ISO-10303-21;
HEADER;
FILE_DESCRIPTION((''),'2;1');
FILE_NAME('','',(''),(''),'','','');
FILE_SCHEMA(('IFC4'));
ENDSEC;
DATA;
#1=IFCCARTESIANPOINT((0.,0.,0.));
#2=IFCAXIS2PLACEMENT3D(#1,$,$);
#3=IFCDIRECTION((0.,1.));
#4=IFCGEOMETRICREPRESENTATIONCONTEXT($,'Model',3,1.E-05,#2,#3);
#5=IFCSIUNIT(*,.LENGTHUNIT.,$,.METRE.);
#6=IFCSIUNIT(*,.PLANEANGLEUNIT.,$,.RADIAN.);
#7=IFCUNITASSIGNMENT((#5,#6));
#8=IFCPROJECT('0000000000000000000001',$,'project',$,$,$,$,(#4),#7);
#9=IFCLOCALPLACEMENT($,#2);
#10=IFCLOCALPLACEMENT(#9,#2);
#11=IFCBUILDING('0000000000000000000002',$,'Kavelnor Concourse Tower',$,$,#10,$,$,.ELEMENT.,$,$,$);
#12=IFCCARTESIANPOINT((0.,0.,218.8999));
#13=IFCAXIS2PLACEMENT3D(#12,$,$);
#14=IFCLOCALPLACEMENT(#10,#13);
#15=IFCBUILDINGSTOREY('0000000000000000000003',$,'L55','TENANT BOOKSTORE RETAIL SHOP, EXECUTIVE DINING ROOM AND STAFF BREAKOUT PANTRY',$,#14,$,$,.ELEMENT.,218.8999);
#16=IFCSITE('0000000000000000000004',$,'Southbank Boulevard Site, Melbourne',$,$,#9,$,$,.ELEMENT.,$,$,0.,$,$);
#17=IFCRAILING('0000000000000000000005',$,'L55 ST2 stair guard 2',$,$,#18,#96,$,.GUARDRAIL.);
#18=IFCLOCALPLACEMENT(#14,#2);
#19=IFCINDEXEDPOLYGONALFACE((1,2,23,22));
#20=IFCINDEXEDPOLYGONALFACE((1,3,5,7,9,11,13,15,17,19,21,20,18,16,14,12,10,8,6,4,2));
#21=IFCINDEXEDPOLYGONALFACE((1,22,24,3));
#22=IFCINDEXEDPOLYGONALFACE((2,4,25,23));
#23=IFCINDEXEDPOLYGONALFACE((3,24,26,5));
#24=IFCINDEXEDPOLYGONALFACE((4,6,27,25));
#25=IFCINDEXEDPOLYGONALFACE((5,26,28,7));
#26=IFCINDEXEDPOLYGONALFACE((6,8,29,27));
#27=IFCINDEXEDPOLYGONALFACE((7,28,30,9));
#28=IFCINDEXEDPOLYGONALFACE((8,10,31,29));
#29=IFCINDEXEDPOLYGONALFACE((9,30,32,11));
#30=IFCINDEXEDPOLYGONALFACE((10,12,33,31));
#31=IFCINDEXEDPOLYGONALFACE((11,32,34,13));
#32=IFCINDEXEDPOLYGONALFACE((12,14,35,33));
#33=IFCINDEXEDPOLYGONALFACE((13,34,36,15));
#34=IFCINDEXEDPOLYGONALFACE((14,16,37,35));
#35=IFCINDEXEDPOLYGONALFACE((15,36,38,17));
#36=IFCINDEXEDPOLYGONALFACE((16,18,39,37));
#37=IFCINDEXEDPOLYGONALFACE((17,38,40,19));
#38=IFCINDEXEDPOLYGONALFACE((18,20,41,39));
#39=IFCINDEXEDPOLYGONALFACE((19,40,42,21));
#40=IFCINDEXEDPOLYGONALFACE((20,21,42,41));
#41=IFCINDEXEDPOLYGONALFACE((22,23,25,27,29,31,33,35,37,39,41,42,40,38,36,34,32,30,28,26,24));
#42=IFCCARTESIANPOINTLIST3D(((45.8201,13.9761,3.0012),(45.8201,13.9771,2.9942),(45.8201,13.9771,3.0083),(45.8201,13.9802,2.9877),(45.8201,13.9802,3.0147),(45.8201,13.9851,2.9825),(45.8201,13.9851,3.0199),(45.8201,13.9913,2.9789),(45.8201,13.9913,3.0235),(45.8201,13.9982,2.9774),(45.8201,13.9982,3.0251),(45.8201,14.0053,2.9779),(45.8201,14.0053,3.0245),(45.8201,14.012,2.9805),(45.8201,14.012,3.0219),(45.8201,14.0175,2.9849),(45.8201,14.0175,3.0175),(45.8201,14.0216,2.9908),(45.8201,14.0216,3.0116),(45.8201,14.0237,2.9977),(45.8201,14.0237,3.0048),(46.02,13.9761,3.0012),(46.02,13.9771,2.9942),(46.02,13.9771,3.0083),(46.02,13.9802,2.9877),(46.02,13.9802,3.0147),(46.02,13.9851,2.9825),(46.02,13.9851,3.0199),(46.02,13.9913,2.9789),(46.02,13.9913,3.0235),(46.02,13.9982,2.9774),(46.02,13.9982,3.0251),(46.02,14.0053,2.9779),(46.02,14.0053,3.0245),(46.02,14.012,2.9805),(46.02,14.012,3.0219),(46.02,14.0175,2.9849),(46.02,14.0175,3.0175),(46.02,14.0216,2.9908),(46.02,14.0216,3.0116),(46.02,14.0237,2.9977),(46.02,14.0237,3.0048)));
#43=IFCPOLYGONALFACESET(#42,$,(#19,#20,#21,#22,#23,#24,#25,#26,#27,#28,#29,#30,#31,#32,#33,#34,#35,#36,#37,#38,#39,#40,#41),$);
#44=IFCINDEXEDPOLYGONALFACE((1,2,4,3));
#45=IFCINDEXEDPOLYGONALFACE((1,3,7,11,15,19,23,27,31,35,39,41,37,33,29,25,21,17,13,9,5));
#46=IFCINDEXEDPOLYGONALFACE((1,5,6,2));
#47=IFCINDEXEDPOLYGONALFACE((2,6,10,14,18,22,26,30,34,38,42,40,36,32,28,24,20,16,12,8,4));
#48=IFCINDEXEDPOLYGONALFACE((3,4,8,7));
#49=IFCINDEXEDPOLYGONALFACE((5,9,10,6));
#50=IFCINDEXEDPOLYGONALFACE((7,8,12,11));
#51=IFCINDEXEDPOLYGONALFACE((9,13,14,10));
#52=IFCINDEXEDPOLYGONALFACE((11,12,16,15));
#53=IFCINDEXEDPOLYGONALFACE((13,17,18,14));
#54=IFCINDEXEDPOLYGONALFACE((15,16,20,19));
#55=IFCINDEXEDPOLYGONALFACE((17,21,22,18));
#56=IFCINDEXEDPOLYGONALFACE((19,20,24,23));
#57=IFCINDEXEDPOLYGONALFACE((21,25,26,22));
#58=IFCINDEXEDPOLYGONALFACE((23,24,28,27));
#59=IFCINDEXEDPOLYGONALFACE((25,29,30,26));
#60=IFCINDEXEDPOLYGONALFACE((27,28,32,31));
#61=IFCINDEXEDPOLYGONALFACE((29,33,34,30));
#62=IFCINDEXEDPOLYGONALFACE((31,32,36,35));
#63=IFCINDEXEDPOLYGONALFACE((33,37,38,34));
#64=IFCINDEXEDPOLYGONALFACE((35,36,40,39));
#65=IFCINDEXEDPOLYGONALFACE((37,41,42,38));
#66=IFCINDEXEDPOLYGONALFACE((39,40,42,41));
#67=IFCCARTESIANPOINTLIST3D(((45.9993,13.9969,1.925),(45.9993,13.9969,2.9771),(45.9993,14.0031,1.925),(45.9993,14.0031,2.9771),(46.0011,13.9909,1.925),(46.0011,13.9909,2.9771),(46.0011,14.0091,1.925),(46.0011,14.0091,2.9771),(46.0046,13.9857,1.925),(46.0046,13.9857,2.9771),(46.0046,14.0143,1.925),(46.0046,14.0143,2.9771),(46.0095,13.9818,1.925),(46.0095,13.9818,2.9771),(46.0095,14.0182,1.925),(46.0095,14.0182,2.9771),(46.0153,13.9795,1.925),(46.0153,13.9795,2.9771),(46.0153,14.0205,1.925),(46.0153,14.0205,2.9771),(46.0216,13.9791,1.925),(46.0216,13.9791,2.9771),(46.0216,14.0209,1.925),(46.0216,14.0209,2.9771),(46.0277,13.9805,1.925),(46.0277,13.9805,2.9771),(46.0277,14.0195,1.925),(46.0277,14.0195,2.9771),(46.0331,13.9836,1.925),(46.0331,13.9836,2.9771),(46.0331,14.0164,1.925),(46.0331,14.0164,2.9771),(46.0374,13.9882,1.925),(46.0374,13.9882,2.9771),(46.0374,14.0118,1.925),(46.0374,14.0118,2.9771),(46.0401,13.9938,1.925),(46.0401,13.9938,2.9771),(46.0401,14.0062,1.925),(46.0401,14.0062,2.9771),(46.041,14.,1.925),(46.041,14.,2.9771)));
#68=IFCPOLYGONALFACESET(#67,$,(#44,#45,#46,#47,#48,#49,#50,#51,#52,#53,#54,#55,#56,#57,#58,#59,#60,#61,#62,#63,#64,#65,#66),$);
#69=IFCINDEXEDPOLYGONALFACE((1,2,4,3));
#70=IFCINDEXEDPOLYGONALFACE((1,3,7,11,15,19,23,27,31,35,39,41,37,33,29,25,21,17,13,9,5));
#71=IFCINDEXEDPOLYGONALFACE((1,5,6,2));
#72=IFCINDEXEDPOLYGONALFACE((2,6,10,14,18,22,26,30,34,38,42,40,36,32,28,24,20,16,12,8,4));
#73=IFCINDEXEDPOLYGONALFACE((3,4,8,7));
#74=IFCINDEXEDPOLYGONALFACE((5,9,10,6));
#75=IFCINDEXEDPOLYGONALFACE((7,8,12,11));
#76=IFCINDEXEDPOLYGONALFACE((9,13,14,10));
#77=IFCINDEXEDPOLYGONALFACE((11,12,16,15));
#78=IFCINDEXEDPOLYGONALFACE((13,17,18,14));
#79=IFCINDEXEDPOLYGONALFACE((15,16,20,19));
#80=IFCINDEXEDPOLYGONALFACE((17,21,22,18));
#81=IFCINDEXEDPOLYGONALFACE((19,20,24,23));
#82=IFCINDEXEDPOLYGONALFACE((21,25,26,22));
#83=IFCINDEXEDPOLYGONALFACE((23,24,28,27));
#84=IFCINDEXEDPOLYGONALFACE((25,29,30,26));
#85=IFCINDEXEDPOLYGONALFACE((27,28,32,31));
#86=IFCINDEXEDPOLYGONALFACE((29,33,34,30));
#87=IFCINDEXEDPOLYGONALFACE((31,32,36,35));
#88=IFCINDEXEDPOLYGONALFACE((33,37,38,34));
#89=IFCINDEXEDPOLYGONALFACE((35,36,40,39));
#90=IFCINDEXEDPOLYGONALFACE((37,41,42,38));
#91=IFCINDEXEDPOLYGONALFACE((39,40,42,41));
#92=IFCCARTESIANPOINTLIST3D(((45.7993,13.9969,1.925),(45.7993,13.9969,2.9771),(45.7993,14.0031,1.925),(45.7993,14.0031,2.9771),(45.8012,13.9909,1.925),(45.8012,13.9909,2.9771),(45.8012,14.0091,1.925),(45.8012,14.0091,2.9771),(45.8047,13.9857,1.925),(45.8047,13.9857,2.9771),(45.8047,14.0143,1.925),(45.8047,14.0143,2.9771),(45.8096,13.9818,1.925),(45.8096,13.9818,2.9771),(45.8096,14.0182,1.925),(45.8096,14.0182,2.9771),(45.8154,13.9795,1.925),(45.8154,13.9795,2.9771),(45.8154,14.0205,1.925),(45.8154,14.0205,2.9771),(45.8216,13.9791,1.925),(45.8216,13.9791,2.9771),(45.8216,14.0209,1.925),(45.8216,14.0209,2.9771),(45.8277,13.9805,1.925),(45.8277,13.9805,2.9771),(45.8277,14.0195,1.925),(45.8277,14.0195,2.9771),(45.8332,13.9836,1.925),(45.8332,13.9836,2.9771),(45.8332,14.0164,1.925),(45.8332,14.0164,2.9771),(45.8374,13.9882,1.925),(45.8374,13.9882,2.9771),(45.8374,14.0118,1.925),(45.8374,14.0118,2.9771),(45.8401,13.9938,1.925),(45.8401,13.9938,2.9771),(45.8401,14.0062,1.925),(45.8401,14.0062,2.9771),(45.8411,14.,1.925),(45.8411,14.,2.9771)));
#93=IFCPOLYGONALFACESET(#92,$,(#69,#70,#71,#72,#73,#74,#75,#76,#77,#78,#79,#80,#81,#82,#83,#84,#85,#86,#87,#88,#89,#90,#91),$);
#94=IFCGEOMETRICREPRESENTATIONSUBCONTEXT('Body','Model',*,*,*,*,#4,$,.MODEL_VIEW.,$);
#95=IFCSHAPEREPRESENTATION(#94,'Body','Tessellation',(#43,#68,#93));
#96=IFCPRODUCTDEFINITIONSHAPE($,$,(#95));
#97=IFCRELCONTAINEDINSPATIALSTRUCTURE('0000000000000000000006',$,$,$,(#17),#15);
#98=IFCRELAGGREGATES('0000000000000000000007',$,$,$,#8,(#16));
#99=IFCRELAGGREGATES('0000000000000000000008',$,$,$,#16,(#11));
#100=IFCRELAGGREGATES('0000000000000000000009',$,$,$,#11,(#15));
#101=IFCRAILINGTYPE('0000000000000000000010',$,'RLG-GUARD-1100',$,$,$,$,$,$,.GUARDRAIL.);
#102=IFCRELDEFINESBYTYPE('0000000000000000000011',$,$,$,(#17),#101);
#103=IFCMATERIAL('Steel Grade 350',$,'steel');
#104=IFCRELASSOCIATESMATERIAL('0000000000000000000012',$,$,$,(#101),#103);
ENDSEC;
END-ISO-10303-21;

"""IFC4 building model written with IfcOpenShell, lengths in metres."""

from ifc_helpers import new_model, si_unit, direction, frame, origin, origin_2d, place, context, subcontext, project, spatial, circle, extrude, material, type_object, element, save


model = new_model("IFC4")

# Units and contexts
model_context = context("Model", 3, precision=1e-05, world=origin(), true_north=direction((0.0, 1.0)))
body_context = subcontext(model_context, "Body", "Model", "MODEL_VIEW")
ifc_project = project(units=[si_unit("LENGTHUNIT", "METRE"), si_unit("PLANEANGLEUNIT", "RADIAN")], contexts=[model_context])

# Site, building, storey
site_placement = place(None, origin())
site = spatial("IfcSite", under=ifc_project, at=site_placement, Name="Southbank Boulevard Site, Melbourne", CompositionType="ELEMENT", RefElevation=0.0)
building_placement = place(site_placement, origin())
building = spatial("IfcBuilding", under=site, at=building_placement, Name="Kavelnor Concourse Tower", CompositionType="ELEMENT")
storey_placement = place(building_placement, frame((0.0, 0.0, 218.8999)))
storey = spatial("IfcBuildingStorey", under=building, at=storey_placement, Name="L55", Description="TENANT BOOKSTORE RETAIL SHOP, EXECUTIVE DINING ROOM AND STAFF BREAKOUT PANTRY", CompositionType="ELEMENT", Elevation=218.8999)

# Shared definitions
ifc_material_1 = material(Name="Steel Grade 350", Category="steel")

# Railing
railing_type_1 = type_object("IfcRailingType", Name="RLG-GUARD-1100", PredefinedType="GUARDRAIL", material=ifc_material_1)
railing_1_placement = place(storey_placement, frame((46.02, 14.0, 1.925)))
element("IfcRailing", 1, at=railing_1_placement, inside=storey, type_object=railing_type_1, Name="L55 ST2 stair guard 2", PredefinedType="GUARDRAIL", context=body_context, shape_type="SweptSolid", body=[
    extrude(circle(Radius=0.0239, at=origin_2d()), frame((0.0, 0.0, 1.0762), z_axis=(-1.0, 0.0, 0.0), x_axis=(0.0, -1.0, 0.0)), (0.0, 0.0, 1.0), 0.2),
    extrude(circle(Radius=0.021, at=origin_2d()), origin(), (0.0, 0.0, 1.0), 1.052),
    extrude(circle(Radius=0.021, at=origin_2d()), frame((-0.2, 0.0, 0.0)), (0.0, 0.0, 1.0), 1.052),
])

save(model, "model.ifc")
